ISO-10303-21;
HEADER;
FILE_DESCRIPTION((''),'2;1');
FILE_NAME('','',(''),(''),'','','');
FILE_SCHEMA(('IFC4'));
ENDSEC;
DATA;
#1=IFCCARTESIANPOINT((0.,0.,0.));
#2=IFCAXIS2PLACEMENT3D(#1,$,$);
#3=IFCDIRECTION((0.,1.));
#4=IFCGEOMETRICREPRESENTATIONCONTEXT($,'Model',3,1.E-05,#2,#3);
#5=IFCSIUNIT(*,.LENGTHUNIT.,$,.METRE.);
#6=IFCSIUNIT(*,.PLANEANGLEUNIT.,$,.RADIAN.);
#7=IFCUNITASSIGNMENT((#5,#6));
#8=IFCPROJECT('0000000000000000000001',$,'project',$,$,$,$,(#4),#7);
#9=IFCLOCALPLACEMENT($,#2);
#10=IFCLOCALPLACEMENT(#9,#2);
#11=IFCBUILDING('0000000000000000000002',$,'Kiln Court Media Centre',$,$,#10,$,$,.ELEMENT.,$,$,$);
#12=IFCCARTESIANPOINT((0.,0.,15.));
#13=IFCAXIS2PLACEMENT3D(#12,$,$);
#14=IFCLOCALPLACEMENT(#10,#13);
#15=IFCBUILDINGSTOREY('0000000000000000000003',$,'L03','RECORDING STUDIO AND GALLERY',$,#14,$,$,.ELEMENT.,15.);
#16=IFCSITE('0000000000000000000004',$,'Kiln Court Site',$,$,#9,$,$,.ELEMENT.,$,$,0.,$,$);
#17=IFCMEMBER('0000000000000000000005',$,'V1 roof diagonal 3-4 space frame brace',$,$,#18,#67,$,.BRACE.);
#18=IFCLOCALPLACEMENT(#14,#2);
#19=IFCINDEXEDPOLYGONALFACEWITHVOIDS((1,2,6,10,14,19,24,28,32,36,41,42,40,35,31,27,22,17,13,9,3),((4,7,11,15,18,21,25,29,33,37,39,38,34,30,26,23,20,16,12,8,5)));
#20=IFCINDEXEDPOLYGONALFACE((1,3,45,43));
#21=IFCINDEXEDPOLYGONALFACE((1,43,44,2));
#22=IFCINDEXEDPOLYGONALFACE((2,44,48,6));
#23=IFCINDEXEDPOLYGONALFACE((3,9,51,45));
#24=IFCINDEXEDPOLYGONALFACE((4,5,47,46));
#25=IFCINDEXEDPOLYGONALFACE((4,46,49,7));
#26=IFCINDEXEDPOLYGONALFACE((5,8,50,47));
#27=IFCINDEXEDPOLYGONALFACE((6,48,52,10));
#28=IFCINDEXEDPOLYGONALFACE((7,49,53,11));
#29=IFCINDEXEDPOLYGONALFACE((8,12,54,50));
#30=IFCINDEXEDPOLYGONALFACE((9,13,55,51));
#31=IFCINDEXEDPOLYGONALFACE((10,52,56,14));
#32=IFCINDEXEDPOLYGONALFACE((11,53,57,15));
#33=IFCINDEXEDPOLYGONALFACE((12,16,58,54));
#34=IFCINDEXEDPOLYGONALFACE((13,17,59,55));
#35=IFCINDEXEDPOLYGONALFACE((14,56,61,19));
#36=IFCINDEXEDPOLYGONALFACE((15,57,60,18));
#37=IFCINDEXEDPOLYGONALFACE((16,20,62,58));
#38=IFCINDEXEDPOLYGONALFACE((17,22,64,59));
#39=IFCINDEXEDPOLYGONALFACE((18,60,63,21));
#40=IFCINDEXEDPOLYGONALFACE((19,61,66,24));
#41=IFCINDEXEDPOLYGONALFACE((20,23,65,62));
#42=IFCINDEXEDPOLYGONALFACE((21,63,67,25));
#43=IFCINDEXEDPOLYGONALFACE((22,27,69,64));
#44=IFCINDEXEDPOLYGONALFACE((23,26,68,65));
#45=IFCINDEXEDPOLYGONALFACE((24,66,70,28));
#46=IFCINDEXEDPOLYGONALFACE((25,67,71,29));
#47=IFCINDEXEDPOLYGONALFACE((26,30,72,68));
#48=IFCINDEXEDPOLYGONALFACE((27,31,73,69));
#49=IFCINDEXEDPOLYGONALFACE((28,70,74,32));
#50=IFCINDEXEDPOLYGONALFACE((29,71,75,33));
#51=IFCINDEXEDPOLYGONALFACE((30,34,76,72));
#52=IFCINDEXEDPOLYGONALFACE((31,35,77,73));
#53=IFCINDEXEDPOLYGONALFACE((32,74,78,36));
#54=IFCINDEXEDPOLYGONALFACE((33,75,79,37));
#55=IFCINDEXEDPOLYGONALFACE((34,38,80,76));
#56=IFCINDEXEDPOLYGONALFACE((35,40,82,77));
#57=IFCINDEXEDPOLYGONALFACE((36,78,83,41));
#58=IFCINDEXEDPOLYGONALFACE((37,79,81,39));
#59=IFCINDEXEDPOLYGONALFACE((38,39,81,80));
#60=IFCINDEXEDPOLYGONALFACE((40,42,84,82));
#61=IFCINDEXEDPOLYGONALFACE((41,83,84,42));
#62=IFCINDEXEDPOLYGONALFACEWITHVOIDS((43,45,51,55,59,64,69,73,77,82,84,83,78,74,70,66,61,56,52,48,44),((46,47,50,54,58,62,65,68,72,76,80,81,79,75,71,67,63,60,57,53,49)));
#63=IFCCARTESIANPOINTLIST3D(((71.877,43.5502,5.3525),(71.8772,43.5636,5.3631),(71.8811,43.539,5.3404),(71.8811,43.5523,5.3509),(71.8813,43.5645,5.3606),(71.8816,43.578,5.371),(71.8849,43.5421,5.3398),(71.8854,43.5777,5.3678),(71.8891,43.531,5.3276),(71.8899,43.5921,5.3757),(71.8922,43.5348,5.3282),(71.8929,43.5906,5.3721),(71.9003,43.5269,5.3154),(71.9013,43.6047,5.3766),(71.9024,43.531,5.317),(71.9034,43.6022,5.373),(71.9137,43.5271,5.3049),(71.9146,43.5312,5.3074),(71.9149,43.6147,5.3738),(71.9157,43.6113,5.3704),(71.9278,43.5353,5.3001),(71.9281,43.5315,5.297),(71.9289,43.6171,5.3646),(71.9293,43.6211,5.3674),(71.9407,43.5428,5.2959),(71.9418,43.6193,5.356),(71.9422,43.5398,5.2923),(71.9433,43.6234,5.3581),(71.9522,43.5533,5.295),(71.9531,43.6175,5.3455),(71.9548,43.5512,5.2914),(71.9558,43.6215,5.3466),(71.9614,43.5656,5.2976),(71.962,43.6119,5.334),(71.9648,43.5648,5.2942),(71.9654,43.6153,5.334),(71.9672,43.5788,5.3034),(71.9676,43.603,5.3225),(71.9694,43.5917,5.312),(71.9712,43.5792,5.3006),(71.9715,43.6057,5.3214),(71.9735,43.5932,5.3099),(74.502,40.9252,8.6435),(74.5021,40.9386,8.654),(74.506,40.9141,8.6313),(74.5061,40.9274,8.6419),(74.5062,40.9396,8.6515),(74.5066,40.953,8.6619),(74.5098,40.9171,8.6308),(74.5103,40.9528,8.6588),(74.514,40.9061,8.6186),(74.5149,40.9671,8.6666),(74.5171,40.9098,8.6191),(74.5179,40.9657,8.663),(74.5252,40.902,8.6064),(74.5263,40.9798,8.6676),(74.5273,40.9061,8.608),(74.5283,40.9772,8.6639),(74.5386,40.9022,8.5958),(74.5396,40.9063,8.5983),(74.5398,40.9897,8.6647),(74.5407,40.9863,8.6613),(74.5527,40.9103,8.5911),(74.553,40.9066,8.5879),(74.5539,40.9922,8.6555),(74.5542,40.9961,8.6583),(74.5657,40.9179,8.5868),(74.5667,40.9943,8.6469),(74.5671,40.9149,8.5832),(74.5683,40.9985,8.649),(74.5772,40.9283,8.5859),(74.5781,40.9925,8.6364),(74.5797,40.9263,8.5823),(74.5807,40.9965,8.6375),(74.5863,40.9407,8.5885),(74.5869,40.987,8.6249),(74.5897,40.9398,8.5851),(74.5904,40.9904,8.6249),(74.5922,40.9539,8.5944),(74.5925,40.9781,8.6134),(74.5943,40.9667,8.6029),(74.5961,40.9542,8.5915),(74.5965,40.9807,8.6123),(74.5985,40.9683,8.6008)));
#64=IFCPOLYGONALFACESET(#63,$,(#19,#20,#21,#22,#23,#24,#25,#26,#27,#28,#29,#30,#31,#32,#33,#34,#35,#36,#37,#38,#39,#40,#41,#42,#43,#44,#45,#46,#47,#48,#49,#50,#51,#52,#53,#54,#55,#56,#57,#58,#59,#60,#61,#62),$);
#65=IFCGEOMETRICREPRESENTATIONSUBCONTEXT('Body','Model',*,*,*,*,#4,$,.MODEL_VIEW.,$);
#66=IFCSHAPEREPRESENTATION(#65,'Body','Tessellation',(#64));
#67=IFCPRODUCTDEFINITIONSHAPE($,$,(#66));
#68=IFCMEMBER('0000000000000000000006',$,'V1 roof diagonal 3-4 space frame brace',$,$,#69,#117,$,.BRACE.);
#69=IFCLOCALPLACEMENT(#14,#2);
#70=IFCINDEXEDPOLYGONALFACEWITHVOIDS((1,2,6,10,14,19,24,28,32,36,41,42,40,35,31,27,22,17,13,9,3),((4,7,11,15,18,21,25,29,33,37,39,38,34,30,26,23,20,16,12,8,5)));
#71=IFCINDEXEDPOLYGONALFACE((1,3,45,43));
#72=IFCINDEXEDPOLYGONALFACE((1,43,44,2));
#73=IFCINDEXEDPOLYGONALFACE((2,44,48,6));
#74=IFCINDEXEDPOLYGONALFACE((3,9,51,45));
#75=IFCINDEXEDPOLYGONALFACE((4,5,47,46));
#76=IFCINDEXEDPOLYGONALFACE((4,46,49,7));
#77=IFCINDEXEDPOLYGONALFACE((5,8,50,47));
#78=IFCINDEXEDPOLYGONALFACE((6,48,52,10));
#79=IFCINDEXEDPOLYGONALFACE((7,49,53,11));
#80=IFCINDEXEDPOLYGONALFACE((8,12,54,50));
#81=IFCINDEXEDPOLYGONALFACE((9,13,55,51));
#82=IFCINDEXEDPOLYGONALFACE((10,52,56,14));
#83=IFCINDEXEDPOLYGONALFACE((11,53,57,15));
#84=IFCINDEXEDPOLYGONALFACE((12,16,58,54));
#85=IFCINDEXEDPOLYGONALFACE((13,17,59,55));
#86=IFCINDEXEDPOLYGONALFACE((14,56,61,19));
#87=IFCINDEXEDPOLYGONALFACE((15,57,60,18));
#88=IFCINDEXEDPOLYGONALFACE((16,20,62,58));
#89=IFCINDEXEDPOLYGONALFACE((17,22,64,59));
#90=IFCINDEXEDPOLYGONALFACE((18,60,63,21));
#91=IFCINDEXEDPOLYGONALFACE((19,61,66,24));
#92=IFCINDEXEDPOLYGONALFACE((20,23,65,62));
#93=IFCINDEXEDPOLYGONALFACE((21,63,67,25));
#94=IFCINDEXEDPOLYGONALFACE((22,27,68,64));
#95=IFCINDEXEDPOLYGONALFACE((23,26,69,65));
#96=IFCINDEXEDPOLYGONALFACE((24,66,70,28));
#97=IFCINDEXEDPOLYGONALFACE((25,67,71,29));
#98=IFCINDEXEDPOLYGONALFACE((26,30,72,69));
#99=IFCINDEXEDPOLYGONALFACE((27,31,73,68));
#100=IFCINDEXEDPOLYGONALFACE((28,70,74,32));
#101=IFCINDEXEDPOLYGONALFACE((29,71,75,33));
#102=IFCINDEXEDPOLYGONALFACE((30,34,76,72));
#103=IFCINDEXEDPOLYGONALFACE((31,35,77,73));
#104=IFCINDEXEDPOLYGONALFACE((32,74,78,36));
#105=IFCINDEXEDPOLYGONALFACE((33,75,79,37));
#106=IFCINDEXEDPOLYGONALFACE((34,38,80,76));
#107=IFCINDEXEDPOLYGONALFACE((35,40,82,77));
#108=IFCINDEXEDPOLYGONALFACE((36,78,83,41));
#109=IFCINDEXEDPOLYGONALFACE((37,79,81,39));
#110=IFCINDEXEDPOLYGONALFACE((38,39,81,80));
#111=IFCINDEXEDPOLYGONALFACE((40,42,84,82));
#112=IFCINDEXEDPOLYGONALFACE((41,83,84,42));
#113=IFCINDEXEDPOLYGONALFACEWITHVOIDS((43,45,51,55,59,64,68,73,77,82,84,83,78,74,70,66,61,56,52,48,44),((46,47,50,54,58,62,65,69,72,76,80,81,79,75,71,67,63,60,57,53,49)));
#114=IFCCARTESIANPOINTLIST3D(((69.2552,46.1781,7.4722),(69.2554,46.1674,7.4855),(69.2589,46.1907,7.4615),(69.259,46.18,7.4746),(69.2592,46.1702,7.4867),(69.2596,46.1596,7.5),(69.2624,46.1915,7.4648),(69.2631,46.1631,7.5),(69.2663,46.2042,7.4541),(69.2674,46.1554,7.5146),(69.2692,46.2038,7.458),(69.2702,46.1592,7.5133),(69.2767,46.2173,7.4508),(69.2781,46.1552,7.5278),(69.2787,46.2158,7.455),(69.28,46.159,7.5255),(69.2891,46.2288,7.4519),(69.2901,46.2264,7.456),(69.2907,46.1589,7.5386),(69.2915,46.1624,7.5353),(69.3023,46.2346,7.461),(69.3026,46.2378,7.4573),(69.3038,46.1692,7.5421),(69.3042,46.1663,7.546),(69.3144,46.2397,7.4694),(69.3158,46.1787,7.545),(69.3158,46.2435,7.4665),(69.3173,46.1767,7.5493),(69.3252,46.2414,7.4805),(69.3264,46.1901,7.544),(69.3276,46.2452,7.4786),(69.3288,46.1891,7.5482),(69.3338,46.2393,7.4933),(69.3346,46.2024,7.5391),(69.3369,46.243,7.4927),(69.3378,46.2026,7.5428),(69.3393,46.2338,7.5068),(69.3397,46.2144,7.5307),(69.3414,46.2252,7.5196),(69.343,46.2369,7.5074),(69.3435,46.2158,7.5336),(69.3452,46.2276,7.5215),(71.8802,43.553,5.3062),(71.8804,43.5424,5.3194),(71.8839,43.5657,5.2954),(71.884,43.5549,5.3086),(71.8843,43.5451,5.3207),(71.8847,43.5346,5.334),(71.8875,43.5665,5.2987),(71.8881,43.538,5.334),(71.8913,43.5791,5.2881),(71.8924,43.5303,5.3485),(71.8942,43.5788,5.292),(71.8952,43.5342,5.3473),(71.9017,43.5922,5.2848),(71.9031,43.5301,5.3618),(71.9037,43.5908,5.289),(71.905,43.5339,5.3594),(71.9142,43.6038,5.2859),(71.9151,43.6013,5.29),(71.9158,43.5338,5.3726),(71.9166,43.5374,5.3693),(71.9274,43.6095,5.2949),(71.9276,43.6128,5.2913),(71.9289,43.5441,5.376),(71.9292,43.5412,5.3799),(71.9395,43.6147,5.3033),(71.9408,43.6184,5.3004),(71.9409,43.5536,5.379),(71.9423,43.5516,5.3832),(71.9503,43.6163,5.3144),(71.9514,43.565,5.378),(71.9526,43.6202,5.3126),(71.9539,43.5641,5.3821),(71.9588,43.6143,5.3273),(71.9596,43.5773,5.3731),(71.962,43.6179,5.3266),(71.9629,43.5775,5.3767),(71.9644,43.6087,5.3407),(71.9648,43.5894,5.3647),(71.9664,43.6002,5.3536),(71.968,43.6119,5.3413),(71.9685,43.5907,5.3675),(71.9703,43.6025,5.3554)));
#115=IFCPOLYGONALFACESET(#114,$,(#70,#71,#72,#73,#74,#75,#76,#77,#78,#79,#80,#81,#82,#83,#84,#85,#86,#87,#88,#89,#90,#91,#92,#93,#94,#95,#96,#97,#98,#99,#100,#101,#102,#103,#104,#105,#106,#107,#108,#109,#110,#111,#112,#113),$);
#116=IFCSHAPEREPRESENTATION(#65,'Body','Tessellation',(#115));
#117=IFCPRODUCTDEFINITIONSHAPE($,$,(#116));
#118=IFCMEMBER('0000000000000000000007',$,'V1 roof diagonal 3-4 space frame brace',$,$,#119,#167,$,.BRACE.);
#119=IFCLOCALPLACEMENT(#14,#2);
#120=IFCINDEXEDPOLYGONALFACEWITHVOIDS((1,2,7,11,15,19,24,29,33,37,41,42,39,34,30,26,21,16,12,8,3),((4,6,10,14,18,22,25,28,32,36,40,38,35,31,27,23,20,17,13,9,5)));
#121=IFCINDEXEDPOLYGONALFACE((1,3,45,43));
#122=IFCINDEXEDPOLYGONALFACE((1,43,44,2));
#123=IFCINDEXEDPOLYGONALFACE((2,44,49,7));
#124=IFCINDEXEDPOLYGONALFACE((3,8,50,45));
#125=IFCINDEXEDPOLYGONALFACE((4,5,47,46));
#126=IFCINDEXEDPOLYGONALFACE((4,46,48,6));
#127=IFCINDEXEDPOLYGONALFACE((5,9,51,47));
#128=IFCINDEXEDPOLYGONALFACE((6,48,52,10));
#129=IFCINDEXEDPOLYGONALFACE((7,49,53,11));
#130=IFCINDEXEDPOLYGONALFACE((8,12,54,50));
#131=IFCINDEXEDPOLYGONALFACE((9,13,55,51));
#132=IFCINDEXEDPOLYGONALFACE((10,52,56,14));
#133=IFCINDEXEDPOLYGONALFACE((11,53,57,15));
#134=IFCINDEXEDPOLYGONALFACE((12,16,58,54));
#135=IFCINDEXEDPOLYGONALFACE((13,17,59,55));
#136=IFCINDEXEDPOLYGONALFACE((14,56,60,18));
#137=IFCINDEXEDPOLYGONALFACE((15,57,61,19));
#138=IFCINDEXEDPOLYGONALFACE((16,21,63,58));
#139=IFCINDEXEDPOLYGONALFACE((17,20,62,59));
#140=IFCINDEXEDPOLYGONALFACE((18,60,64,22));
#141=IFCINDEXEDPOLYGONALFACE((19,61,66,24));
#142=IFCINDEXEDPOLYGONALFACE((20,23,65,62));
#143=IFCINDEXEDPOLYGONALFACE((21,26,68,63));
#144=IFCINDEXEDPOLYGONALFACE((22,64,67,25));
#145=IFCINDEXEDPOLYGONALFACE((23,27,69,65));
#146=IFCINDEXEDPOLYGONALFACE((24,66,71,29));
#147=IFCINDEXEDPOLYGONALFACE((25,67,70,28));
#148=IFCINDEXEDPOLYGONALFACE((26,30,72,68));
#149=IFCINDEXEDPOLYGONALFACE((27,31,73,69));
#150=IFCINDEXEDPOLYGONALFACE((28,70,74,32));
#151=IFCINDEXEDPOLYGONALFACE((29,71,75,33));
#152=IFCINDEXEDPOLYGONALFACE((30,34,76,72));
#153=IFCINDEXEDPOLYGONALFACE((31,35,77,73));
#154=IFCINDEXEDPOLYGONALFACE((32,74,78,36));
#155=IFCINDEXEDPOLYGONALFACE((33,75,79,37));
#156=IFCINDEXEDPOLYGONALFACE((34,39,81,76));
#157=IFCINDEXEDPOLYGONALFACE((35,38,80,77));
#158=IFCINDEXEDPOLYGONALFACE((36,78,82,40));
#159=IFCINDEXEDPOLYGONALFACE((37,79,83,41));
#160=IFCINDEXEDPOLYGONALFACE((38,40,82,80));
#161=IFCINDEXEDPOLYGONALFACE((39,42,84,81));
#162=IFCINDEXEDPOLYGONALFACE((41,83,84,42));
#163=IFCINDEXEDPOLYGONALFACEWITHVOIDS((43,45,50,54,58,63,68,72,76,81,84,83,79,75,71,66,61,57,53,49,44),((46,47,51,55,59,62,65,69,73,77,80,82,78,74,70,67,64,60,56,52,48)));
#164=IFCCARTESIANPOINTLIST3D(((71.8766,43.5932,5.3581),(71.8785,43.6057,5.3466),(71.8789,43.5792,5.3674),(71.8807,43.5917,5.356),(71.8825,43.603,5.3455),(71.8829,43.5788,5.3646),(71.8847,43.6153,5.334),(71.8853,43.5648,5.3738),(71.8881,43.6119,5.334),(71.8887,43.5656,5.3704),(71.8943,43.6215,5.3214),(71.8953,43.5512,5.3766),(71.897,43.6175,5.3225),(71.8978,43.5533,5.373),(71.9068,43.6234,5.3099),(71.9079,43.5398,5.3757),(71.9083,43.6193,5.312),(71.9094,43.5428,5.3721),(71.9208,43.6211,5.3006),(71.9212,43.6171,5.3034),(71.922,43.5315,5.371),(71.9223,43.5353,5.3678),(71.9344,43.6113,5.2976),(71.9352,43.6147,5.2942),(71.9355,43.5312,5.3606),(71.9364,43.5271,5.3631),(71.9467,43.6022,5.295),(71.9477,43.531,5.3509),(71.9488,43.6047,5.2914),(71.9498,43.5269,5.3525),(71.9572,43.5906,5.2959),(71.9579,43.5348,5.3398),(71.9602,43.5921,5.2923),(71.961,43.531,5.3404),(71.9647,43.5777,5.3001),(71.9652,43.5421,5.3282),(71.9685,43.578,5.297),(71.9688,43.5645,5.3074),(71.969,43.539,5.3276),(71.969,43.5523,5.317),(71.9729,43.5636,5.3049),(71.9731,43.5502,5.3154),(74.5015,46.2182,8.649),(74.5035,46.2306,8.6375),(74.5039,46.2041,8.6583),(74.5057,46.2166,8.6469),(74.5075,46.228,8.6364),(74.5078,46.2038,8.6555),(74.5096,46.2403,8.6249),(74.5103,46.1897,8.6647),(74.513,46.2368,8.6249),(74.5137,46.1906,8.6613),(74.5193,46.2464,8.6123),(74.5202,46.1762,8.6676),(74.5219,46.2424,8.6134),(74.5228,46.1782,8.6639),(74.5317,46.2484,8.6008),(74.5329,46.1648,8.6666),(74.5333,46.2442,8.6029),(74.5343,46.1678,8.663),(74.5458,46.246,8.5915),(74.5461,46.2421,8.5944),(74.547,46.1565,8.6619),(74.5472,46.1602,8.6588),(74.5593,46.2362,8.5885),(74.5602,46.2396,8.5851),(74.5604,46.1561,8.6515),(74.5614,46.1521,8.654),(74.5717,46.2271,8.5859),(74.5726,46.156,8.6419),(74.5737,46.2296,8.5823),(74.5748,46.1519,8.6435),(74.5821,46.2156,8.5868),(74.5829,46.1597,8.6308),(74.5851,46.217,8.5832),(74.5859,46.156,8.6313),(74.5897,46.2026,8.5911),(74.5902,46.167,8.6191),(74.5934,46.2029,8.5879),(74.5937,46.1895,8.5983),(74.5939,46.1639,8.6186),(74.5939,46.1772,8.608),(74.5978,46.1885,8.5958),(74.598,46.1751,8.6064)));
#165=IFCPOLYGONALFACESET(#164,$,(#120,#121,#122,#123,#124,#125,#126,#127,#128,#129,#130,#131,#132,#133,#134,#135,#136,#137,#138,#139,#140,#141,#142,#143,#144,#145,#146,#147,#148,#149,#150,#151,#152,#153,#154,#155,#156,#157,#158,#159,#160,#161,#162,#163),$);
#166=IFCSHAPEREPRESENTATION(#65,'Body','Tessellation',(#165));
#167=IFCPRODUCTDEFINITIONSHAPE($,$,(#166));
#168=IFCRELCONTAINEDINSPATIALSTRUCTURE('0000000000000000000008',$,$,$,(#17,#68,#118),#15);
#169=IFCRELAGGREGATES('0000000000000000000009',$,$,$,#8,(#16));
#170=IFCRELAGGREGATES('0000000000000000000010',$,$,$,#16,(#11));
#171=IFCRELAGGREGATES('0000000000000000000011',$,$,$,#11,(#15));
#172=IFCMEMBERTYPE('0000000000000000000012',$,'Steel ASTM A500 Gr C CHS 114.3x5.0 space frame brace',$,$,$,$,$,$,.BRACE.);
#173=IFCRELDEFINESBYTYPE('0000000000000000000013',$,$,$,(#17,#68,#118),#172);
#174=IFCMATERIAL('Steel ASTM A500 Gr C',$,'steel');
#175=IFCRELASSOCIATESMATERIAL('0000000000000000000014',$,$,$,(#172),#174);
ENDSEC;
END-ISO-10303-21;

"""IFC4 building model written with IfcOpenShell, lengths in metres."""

from ifc_helpers import new_model, si_unit, direction, frame, origin, origin_2d, place, context, subcontext, project, spatial, hollow_circle, extrude, material, material_profile, profile_set, type_object, element, save


model = new_model("IFC4")

# Units and contexts
model_context = context("Model", 3, precision=1e-05, world=origin(), true_north=direction((0.0, 1.0)))
body_context = subcontext(model_context, "Body", "Model", "MODEL_VIEW")
ifc_project = project(units=[si_unit("LENGTHUNIT", "METRE"), si_unit("PLANEANGLEUNIT", "RADIAN")], contexts=[model_context])

# Site, building, storey
site_placement = place(None, origin())
site = spatial("IfcSite", under=ifc_project, at=site_placement, Name="Kiln Court Site", CompositionType="ELEMENT", RefElevation=0.0)
building_placement = place(site_placement, origin())
building = spatial("IfcBuilding", under=site, at=building_placement, Name="Kiln Court Media Centre", CompositionType="ELEMENT")
storey_placement = place(building_placement, frame((0.0, 0.0, 15.0)))
storey = spatial("IfcBuildingStorey", under=building, at=storey_placement, Name="L03", Description="RECORDING STUDIO AND GALLERY", CompositionType="ELEMENT", Elevation=15.0)

# Members
ifc_material_1 = material(Name="Steel ASTM A500 Gr C", Category="steel")
ifc_material_profile_1 = material_profile(ifc_material_1, hollow_circle(Radius=0.0571, WallThickness=0.0049, at=origin_2d()), Name="CHS 114.3x5.0")
ifc_profile_set_1 = profile_set([ifc_material_profile_1], Name="Steel ASTM A500 Gr C")
member_type_1 = type_object("IfcMemberType", Name="Steel ASTM A500 Gr C CHS 114.3x5.0 space frame brace", PredefinedType="BRACE", material=ifc_profile_set_1)
member_1_placement = place(storey_placement, frame((71.925, 43.575, 5.334), z_axis=(0.529122, -0.529122, 0.663371), x_axis=(0.707107, 0.707107, 0.0)))
element("IfcMember", 1, at=member_1_placement, inside=storey, type_object=member_type_1, Name="V1 roof diagonal 3-4 space frame brace", PredefinedType="BRACE", context=body_context, shape_type="SweptSolid", body=[
    extrude(hollow_circle(Radius=0.0571, WallThickness=0.0049, at=origin_2d()), origin(), (0.0, 0.0, 1.0), 4.9609),
])
member_2_placement = place(storey_placement, frame((71.925, 43.575, 5.334), z_axis=(-0.610748, 0.610748, 0.503958), x_axis=(-0.707107, -0.707107, 0.0)))
element("IfcMember", 2, at=member_2_placement, inside=storey, type_object=member_type_1, Name="V1 roof diagonal 3-4 space frame brace", PredefinedType="BRACE", context=body_context, shape_type="SweptSolid", body=[
    extrude(hollow_circle(Radius=0.0571, WallThickness=0.0049, at=origin_2d()), origin(), (0.0, 0.0, 1.0), 4.2981),
])
member_3_placement = place(storey_placement, frame((71.925, 43.575, 5.334), z_axis=(0.529122, 0.529122, 0.663371), x_axis=(-0.707107, 0.707107, 0.0)))
element("IfcMember", 3, at=member_3_placement, inside=storey, type_object=member_type_1, Name="V1 roof diagonal 3-4 space frame brace", PredefinedType="BRACE", context=body_context, shape_type="SweptSolid", body=[
    extrude(hollow_circle(Radius=0.0571, WallThickness=0.0049, at=origin_2d()), origin(), (0.0, 0.0, 1.0), 4.9609),
])

save(model, "model.ifc")
